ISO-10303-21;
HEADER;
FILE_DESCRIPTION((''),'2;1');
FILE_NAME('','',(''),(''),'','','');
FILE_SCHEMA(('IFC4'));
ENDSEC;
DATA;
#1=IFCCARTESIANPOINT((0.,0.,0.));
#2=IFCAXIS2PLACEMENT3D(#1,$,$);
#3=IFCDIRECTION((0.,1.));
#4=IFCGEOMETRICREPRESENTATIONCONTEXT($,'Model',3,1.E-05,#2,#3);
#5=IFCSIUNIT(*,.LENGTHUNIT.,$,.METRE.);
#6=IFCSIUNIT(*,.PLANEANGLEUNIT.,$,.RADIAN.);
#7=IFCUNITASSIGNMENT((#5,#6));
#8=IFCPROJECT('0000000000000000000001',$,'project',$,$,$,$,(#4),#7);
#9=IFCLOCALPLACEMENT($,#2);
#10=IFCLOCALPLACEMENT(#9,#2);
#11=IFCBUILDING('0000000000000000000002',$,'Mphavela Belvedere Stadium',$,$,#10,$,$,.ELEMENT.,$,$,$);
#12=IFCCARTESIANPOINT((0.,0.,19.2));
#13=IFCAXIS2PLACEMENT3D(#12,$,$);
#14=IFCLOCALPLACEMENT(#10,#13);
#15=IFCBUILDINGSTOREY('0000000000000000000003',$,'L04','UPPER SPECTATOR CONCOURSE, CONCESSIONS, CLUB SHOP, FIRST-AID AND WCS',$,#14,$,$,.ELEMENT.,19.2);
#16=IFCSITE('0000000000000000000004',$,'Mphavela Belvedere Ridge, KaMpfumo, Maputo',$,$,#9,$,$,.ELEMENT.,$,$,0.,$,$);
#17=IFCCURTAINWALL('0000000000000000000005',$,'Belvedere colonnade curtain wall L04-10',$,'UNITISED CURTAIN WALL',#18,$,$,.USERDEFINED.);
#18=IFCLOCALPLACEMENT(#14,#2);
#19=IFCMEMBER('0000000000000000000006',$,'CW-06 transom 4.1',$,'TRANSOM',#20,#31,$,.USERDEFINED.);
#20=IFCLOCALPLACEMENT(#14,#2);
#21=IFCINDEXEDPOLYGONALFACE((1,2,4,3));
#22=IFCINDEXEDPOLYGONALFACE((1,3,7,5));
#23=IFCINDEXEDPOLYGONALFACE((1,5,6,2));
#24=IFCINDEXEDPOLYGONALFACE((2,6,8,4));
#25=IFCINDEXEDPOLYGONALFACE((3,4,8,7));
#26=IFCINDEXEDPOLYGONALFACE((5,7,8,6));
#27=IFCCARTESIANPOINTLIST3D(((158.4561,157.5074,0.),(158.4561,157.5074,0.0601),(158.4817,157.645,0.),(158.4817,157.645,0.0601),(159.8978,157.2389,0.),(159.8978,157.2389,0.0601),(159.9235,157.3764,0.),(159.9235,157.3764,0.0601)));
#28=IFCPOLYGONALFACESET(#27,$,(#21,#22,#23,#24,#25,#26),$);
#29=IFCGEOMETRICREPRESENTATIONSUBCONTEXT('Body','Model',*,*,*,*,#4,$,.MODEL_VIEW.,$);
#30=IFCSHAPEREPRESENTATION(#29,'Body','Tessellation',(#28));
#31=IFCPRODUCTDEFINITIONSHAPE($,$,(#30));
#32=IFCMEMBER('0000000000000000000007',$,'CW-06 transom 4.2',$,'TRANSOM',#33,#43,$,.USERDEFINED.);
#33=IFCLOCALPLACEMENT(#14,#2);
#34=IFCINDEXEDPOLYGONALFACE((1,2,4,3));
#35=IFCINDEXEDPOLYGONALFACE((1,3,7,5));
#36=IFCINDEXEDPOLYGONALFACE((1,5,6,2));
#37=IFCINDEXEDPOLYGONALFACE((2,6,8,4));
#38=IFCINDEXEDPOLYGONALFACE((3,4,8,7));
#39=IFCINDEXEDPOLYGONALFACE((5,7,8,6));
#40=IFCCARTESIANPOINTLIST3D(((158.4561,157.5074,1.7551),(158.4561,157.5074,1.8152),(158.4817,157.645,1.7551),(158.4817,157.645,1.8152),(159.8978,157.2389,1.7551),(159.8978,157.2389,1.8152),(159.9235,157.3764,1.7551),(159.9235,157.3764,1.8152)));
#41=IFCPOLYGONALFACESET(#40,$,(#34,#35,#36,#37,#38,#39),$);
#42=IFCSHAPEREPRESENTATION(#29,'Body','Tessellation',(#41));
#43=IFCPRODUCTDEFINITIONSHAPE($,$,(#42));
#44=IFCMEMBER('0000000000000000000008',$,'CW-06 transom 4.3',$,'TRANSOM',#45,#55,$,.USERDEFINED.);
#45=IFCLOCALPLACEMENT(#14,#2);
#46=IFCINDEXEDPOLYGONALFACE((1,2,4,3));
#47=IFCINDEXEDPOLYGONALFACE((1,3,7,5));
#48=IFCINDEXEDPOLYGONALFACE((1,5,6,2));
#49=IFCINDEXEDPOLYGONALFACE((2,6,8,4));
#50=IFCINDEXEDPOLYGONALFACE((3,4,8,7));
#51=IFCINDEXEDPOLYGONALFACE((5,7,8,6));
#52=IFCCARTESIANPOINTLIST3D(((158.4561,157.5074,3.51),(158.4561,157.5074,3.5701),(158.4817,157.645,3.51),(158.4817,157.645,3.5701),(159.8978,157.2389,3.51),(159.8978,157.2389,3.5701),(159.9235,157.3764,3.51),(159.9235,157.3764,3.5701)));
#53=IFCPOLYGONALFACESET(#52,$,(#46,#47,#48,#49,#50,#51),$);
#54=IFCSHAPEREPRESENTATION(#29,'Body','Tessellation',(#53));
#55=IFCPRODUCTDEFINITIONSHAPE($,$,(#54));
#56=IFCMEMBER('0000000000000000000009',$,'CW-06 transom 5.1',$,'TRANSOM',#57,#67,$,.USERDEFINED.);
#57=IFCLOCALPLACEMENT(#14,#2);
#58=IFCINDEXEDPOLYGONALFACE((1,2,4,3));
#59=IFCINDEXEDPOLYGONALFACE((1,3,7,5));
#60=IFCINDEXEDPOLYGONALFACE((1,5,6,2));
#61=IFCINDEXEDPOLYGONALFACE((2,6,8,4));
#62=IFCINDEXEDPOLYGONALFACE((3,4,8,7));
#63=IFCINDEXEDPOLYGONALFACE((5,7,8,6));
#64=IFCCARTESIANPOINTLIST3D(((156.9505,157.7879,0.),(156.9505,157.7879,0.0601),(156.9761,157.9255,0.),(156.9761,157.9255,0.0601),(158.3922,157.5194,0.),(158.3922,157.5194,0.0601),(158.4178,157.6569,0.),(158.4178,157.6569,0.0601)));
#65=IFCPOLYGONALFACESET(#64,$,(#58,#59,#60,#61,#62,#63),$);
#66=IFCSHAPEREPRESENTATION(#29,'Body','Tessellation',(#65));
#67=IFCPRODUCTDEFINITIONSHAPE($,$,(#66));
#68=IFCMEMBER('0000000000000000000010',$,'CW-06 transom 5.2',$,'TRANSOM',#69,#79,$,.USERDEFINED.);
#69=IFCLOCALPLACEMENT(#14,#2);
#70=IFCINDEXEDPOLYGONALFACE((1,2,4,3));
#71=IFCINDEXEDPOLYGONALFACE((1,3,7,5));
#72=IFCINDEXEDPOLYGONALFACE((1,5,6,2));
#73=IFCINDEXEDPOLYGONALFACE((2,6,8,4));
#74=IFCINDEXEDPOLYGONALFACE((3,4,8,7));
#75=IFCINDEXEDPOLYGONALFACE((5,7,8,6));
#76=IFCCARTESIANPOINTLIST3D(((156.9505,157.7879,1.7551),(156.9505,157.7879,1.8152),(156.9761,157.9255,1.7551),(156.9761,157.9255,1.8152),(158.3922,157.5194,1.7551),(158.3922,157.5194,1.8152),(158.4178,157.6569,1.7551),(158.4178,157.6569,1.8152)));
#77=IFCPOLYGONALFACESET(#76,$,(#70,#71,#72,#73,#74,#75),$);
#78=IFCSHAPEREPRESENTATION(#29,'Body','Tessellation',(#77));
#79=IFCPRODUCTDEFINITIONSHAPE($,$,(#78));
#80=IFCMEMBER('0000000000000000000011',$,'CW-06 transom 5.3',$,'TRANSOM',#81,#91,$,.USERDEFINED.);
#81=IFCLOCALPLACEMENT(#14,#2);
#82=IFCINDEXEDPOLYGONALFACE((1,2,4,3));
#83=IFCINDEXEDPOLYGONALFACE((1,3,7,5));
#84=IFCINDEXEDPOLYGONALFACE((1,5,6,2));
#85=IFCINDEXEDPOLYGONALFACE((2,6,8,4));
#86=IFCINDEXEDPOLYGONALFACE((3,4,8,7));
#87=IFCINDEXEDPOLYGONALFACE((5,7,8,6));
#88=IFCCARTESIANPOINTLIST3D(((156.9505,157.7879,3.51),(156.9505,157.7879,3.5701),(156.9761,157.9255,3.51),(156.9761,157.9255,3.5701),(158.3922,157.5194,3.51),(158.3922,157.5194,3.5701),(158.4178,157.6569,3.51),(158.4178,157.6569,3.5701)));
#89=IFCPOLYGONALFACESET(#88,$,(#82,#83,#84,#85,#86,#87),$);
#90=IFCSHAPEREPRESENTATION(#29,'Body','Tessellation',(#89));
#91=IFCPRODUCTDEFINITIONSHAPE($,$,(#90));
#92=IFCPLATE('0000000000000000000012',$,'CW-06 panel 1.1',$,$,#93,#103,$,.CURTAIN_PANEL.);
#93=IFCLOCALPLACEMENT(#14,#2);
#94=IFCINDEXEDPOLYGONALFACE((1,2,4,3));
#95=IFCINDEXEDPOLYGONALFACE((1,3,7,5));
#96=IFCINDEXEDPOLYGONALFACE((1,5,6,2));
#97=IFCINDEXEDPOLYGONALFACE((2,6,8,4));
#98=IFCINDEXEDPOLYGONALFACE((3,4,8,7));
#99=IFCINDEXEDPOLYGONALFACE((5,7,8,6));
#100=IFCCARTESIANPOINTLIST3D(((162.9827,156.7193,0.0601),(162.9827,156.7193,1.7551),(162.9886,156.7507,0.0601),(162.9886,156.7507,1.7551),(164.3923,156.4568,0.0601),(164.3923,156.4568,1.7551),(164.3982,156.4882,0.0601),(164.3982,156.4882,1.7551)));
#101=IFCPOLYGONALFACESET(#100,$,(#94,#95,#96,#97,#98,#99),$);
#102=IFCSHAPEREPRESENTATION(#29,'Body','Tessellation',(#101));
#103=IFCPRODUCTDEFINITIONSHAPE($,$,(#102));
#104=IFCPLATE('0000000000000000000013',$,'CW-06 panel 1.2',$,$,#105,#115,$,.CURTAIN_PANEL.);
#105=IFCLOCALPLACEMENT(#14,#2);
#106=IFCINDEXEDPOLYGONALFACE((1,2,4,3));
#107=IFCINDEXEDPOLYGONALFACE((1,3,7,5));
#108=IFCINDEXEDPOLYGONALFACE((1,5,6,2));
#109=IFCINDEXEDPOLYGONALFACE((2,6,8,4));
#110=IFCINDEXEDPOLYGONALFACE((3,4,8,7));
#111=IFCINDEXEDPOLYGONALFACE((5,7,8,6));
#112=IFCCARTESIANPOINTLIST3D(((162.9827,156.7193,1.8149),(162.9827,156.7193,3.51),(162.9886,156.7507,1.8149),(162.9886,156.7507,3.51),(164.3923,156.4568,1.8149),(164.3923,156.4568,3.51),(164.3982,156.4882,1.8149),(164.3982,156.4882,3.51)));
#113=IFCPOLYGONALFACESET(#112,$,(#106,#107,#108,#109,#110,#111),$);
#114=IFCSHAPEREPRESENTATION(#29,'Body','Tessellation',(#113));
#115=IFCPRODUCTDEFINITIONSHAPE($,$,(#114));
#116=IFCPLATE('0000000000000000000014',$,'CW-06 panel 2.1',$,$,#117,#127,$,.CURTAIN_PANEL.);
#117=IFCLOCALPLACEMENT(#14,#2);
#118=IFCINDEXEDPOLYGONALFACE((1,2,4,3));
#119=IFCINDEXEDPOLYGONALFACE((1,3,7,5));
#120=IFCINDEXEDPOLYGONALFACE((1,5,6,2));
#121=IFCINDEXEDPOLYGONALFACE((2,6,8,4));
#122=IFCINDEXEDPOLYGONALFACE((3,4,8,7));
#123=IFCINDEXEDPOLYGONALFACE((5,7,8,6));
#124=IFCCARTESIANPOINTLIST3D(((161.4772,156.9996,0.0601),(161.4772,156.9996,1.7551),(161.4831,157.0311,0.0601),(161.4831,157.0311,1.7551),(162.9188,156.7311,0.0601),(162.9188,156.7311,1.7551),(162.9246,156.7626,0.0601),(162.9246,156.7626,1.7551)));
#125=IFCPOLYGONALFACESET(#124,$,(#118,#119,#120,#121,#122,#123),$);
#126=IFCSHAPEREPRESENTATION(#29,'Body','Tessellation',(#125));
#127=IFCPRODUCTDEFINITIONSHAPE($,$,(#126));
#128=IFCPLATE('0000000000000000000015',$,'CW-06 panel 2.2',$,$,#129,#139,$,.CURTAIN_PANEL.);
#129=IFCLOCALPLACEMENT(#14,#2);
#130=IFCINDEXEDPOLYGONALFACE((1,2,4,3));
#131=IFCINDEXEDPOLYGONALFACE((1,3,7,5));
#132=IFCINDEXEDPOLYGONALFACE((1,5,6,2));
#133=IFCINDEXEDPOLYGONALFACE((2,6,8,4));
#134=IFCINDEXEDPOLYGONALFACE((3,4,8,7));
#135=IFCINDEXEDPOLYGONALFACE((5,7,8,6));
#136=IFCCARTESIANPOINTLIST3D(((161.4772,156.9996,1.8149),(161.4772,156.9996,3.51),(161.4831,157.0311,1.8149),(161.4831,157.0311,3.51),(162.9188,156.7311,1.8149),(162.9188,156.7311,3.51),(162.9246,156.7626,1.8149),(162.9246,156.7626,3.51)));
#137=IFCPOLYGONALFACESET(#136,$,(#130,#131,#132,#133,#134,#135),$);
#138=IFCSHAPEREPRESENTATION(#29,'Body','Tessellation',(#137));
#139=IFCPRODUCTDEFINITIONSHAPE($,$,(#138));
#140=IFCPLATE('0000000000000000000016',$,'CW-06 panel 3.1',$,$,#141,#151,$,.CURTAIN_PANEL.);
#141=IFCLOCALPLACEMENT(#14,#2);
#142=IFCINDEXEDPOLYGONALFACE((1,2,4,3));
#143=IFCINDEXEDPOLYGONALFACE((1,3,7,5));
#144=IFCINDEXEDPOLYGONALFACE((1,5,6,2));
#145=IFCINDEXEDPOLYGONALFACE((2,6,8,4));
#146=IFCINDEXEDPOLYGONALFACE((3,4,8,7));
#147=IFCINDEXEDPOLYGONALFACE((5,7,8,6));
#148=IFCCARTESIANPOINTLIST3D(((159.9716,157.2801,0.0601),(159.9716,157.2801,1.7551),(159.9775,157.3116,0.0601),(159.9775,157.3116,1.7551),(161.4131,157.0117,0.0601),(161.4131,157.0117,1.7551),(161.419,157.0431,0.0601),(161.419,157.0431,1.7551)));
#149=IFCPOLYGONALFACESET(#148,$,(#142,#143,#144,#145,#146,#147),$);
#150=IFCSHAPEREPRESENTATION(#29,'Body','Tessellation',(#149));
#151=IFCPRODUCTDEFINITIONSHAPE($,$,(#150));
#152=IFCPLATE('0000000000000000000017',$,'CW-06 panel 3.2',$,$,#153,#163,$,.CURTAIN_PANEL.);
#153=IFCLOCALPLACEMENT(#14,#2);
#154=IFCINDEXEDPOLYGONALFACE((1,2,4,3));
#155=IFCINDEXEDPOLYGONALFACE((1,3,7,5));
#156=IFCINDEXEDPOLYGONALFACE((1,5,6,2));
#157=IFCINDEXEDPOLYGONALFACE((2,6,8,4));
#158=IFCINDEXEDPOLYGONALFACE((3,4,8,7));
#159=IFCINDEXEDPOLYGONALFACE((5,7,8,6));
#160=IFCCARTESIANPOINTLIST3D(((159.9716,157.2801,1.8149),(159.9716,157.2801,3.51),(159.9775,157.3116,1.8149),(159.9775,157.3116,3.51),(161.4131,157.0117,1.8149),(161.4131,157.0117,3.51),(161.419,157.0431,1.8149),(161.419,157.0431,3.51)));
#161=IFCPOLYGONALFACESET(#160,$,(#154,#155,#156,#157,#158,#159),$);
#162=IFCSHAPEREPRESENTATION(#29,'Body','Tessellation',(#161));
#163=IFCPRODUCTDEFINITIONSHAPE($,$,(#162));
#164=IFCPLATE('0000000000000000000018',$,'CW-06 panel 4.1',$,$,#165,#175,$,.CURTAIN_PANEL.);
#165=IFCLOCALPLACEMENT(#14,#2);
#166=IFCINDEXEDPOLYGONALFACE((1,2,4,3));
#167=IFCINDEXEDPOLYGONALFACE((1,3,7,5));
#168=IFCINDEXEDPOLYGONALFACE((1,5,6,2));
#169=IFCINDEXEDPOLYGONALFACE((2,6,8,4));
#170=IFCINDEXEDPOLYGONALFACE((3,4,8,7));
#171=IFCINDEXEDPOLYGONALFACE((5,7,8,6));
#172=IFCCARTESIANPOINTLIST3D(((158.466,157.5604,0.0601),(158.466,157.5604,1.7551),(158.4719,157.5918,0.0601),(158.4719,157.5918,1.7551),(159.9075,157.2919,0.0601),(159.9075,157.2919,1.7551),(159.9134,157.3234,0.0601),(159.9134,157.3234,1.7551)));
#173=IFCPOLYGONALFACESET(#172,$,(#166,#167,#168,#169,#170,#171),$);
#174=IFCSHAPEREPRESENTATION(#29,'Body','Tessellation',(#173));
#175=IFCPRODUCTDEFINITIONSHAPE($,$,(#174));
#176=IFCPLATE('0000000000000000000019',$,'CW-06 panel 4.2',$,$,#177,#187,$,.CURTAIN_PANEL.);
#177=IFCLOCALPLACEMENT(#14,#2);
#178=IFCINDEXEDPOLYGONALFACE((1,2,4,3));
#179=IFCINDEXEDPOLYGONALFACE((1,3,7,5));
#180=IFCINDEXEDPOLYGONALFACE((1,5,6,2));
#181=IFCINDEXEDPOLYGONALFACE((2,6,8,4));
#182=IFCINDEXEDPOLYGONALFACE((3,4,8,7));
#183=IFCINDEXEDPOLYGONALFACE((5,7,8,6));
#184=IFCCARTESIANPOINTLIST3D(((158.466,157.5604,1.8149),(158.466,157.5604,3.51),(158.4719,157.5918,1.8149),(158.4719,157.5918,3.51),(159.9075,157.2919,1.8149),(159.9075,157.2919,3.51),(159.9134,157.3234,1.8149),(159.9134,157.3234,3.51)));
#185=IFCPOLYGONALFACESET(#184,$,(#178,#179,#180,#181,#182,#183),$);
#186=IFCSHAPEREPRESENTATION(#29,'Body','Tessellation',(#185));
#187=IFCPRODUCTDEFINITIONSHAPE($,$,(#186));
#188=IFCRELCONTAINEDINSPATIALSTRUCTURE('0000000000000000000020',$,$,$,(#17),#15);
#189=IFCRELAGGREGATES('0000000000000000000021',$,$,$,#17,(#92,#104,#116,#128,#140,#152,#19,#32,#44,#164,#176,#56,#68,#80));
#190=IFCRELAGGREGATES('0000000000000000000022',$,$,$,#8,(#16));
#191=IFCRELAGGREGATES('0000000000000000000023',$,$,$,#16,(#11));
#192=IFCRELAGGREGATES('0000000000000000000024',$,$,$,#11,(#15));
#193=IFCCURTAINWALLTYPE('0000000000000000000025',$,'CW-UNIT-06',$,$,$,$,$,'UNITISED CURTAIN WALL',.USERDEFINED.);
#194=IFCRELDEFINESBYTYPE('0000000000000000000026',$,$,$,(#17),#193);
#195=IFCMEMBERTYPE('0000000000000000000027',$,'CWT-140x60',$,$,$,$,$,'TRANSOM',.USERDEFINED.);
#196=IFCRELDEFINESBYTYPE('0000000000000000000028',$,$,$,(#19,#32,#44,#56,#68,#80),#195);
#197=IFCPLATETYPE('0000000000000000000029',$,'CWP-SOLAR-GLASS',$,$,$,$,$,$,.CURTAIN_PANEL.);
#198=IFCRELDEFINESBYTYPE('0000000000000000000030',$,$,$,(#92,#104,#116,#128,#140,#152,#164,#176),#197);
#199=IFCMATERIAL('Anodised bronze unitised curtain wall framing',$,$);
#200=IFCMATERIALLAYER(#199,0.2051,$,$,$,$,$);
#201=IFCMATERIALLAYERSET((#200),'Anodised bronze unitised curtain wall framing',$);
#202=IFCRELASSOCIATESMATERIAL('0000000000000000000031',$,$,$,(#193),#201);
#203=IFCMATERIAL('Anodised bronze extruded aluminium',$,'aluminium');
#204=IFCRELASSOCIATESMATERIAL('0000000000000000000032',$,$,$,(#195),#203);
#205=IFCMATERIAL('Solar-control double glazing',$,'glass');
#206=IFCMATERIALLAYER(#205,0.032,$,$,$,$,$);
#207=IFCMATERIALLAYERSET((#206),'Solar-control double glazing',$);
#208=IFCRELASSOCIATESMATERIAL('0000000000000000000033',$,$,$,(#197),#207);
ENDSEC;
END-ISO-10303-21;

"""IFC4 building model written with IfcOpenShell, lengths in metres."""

from ifc_helpers import new_model, si_unit, direction, frame, origin, origin_2d, place, context, subcontext, project, spatial, rectangle, extrude, material, layer, layer_set, material_profile, profile_set, type_object, element, aggregate, save


model = new_model("IFC4")

# Units and contexts
model_context = context("Model", 3, precision=1e-05, world=origin(), true_north=direction((0.0, 1.0)))
body_context = subcontext(model_context, "Body", "Model", "MODEL_VIEW")
ifc_project = project(units=[si_unit("LENGTHUNIT", "METRE"), si_unit("PLANEANGLEUNIT", "RADIAN")], contexts=[model_context])

# Site, building, storey
site_placement = place(None, origin())
site = spatial("IfcSite", under=ifc_project, at=site_placement, Name="Mphavela Belvedere Ridge, KaMpfumo, Maputo", CompositionType="ELEMENT", RefElevation=0.0)
building_placement = place(site_placement, origin())
building = spatial("IfcBuilding", under=site, at=building_placement, Name="Mphavela Belvedere Stadium", CompositionType="ELEMENT")
storey_placement = place(building_placement, frame((0.0, 0.0, 19.2)))
storey = spatial("IfcBuildingStorey", under=building, at=storey_placement, Name="L04", Description="UPPER SPECTATOR CONCOURSE, CONCESSIONS, CLUB SHOP, FIRST-AID AND WCS", CompositionType="ELEMENT", Elevation=19.2)

# Curtain wall, members, plates
ifc_material_1 = material(Name="Anodised bronze unitised curtain wall framing")
ifc_layer_1 = layer(ifc_material_1, 0.2051)
ifc_layer_set_1 = layer_set([ifc_layer_1], Name="Anodised bronze unitised curtain wall framing")
curtain_wall_type = type_object("IfcCurtainWallType", Name="CW-UNIT-06", ElementType="UNITISED CURTAIN WALL", PredefinedType="USERDEFINED", material=ifc_layer_set_1)
curtain_wall_placement = place(storey_placement, origin())
curtain_wall = element("IfcCurtainWall", 1, at=curtain_wall_placement, inside=storey, type_object=curtain_wall_type, Name="Belvedere colonnade curtain wall L04-10", ObjectType="UNITISED CURTAIN WALL", PredefinedType="USERDEFINED")
ifc_material_2 = material(Name="Anodised bronze extruded aluminium", Category="aluminium")
ifc_material_profile_1 = material_profile(ifc_material_2, rectangle(XDim=0.1399, YDim=0.0601, at=origin_2d()), Name="CW-TRN 140x60")
ifc_profile_set_1 = profile_set([ifc_material_profile_1], Name="Anodised bronze extruded aluminium")
member_type_1 = type_object("IfcMemberType", Name="CWT-140x60", ElementType="TRANSOM", PredefinedType="USERDEFINED", material=ifc_profile_set_1)
member_1_placement = place(storey_placement, frame((159.9106, 157.3076, 0.03), z_axis=(-0.983088, 0.183132, 0.0), x_axis=(-0.183132, -0.983088, 0.0)))
member_1 = element("IfcMember", 2, at=member_1_placement, type_object=member_type_1, Name="CW-06 transom 4.1", ObjectType="TRANSOM", PredefinedType="USERDEFINED", context=body_context, shape_type="SweptSolid", body=[
    extrude(rectangle(XDim=0.1399, YDim=0.0601, at=origin_2d()), origin(), (0.0, 0.0, 1.0), 1.4666),
])
member_2_placement = place(storey_placement, frame((159.9106, 157.3076, 1.7852), z_axis=(-0.983088, 0.183132, 0.0), x_axis=(-0.183132, -0.983088, 0.0)))
member_2 = element("IfcMember", 3, at=member_2_placement, type_object=member_type_1, Name="CW-06 transom 4.2", ObjectType="TRANSOM", PredefinedType="USERDEFINED", context=body_context, shape_type="SweptSolid", body=[
    extrude(rectangle(XDim=0.1399, YDim=0.0601, at=origin_2d()), origin(), (0.0, 0.0, 1.0), 1.4666),
])
member_3_placement = place(storey_placement, frame((159.9106, 157.3076, 3.54), z_axis=(-0.983088, 0.183132, 0.0), x_axis=(-0.183132, -0.983088, 0.0)))
member_3 = element("IfcMember", 4, at=member_3_placement, type_object=member_type_1, Name="CW-06 transom 4.3", ObjectType="TRANSOM", PredefinedType="USERDEFINED", context=body_context, shape_type="SweptSolid", body=[
    extrude(rectangle(XDim=0.1399, YDim=0.0601, at=origin_2d()), origin(), (0.0, 0.0, 1.0), 1.4666),
])
member_4_placement = place(storey_placement, frame((158.405, 157.5881, 0.03), z_axis=(-0.983088, 0.183132, 0.0), x_axis=(-0.183132, -0.983088, 0.0)))
member_4 = element("IfcMember", 5, at=member_4_placement, type_object=member_type_1, Name="CW-06 transom 5.1", ObjectType="TRANSOM", PredefinedType="USERDEFINED", context=body_context, shape_type="SweptSolid", body=[
    extrude(rectangle(XDim=0.1399, YDim=0.0601, at=origin_2d()), origin(), (0.0, 0.0, 1.0), 1.4666),
])
member_5_placement = place(storey_placement, frame((158.405, 157.5881, 1.7852), z_axis=(-0.983088, 0.183132, 0.0), x_axis=(-0.183132, -0.983088, 0.0)))
member_5 = element("IfcMember", 6, at=member_5_placement, type_object=member_type_1, Name="CW-06 transom 5.2", ObjectType="TRANSOM", PredefinedType="USERDEFINED", context=body_context, shape_type="SweptSolid", body=[
    extrude(rectangle(XDim=0.1399, YDim=0.0601, at=origin_2d()), origin(), (0.0, 0.0, 1.0), 1.4666),
])
member_6_placement = place(storey_placement, frame((158.405, 157.5881, 3.54), z_axis=(-0.983088, 0.183132, 0.0), x_axis=(-0.183132, -0.983088, 0.0)))
member_6 = element("IfcMember", 7, at=member_6_placement, type_object=member_type_1, Name="CW-06 transom 5.3", ObjectType="TRANSOM", PredefinedType="USERDEFINED", context=body_context, shape_type="SweptSolid", body=[
    extrude(rectangle(XDim=0.1399, YDim=0.0601, at=origin_2d()), origin(), (0.0, 0.0, 1.0), 1.4666),
])
ifc_material_3 = material(Name="Solar-control double glazing", Category="glass")
ifc_layer_2 = layer(ifc_material_3, 0.032)
ifc_layer_set_2 = layer_set([ifc_layer_2], Name="Solar-control double glazing")
plate_type = type_object("IfcPlateType", Name="CWP-SOLAR-GLASS", PredefinedType="CURTAIN_PANEL", material=ifc_layer_set_2)
plate_1_placement = place(storey_placement, frame((163.6904, 156.6038, 0.0601), z_axis=(0.0, 0.0, 1.0), x_axis=(-0.983096, 0.183091, 0.0)))
plate_1 = element("IfcPlate", 8, at=plate_1_placement, type_object=plate_type, Name="CW-06 panel 1.1", PredefinedType="CURTAIN_PANEL", context=body_context, shape_type="SweptSolid", body=[
    extrude(rectangle(XDim=1.4338, YDim=0.032, at=origin_2d()), origin(), (0.0, 0.0, 1.0), 1.6951),
])
plate_2_placement = place(storey_placement, frame((163.6904, 156.6038, 1.8149), z_axis=(0.0, 0.0, 1.0), x_axis=(-0.983096, 0.183091, 0.0)))
plate_2 = element("IfcPlate", 9, at=plate_2_placement, type_object=plate_type, Name="CW-06 panel 1.2", PredefinedType="CURTAIN_PANEL", context=body_context, shape_type="SweptSolid", body=[
    extrude(rectangle(XDim=1.4338, YDim=0.032, at=origin_2d()), origin(), (0.0, 0.0, 1.0), 1.6951),
])
plate_3_placement = place(storey_placement, frame((162.2009, 156.8811, 0.0601), z_axis=(0.0, 0.0, 1.0), x_axis=(-0.983096, 0.183091, 0.0)))
plate_3 = element("IfcPlate", 10, at=plate_3_placement, type_object=plate_type, Name="CW-06 panel 2.1", PredefinedType="CURTAIN_PANEL", context=body_context, shape_type="SweptSolid", body=[
    extrude(rectangle(XDim=1.4663, YDim=0.032, at=origin_2d()), origin(), (0.0, 0.0, 1.0), 1.6951),
])
plate_4_placement = place(storey_placement, frame((162.2009, 156.8811, 1.8149), z_axis=(0.0, 0.0, 1.0), x_axis=(-0.983096, 0.183091, 0.0)))
plate_4 = element("IfcPlate", 11, at=plate_4_placement, type_object=plate_type, Name="CW-06 panel 2.2", PredefinedType="CURTAIN_PANEL", context=body_context, shape_type="SweptSolid", body=[
    extrude(rectangle(XDim=1.4663, YDim=0.032, at=origin_2d()), origin(), (0.0, 0.0, 1.0), 1.6951),
])
plate_5_placement = place(storey_placement, frame((160.6953, 157.1616, 0.0601), z_axis=(0.0, 0.0, 1.0), x_axis=(-0.983096, 0.183091, 0.0)))
plate_5 = element("IfcPlate", 12, at=plate_5_placement, type_object=plate_type, Name="CW-06 panel 3.1", PredefinedType="CURTAIN_PANEL", context=body_context, shape_type="SweptSolid", body=[
    extrude(rectangle(XDim=1.4663, YDim=0.032, at=origin_2d()), origin(), (0.0, 0.0, 1.0), 1.6951),
])
plate_6_placement = place(storey_placement, frame((160.6953, 157.1616, 1.8149), z_axis=(0.0, 0.0, 1.0), x_axis=(-0.983096, 0.183091, 0.0)))
plate_6 = element("IfcPlate", 13, at=plate_6_placement, type_object=plate_type, Name="CW-06 panel 3.2", PredefinedType="CURTAIN_PANEL", context=body_context, shape_type="SweptSolid", body=[
    extrude(rectangle(XDim=1.4663, YDim=0.032, at=origin_2d()), origin(), (0.0, 0.0, 1.0), 1.6951),
])
plate_7_placement = place(storey_placement, frame((159.1897, 157.4419, 0.0601), z_axis=(0.0, 0.0, 1.0), x_axis=(-0.983096, 0.183091, 0.0)))
plate_7 = element("IfcPlate", 14, at=plate_7_placement, type_object=plate_type, Name="CW-06 panel 4.1", PredefinedType="CURTAIN_PANEL", context=body_context, shape_type="SweptSolid", body=[
    extrude(rectangle(XDim=1.4663, YDim=0.032, at=origin_2d()), origin(), (0.0, 0.0, 1.0), 1.6951),
])
plate_8_placement = place(storey_placement, frame((159.1897, 157.4419, 1.8149), z_axis=(0.0, 0.0, 1.0), x_axis=(-0.983096, 0.183091, 0.0)))
plate_8 = element("IfcPlate", 15, at=plate_8_placement, type_object=plate_type, Name="CW-06 panel 4.2", PredefinedType="CURTAIN_PANEL", context=body_context, shape_type="SweptSolid", body=[
    extrude(rectangle(XDim=1.4663, YDim=0.032, at=origin_2d()), origin(), (0.0, 0.0, 1.0), 1.6951),
])
aggregate(curtain_wall, [plate_1, plate_2, plate_3, plate_4, plate_5, plate_6, member_1, member_2, member_3, plate_7, plate_8, member_4, member_5, member_6])

save(model, "model.ifc")
